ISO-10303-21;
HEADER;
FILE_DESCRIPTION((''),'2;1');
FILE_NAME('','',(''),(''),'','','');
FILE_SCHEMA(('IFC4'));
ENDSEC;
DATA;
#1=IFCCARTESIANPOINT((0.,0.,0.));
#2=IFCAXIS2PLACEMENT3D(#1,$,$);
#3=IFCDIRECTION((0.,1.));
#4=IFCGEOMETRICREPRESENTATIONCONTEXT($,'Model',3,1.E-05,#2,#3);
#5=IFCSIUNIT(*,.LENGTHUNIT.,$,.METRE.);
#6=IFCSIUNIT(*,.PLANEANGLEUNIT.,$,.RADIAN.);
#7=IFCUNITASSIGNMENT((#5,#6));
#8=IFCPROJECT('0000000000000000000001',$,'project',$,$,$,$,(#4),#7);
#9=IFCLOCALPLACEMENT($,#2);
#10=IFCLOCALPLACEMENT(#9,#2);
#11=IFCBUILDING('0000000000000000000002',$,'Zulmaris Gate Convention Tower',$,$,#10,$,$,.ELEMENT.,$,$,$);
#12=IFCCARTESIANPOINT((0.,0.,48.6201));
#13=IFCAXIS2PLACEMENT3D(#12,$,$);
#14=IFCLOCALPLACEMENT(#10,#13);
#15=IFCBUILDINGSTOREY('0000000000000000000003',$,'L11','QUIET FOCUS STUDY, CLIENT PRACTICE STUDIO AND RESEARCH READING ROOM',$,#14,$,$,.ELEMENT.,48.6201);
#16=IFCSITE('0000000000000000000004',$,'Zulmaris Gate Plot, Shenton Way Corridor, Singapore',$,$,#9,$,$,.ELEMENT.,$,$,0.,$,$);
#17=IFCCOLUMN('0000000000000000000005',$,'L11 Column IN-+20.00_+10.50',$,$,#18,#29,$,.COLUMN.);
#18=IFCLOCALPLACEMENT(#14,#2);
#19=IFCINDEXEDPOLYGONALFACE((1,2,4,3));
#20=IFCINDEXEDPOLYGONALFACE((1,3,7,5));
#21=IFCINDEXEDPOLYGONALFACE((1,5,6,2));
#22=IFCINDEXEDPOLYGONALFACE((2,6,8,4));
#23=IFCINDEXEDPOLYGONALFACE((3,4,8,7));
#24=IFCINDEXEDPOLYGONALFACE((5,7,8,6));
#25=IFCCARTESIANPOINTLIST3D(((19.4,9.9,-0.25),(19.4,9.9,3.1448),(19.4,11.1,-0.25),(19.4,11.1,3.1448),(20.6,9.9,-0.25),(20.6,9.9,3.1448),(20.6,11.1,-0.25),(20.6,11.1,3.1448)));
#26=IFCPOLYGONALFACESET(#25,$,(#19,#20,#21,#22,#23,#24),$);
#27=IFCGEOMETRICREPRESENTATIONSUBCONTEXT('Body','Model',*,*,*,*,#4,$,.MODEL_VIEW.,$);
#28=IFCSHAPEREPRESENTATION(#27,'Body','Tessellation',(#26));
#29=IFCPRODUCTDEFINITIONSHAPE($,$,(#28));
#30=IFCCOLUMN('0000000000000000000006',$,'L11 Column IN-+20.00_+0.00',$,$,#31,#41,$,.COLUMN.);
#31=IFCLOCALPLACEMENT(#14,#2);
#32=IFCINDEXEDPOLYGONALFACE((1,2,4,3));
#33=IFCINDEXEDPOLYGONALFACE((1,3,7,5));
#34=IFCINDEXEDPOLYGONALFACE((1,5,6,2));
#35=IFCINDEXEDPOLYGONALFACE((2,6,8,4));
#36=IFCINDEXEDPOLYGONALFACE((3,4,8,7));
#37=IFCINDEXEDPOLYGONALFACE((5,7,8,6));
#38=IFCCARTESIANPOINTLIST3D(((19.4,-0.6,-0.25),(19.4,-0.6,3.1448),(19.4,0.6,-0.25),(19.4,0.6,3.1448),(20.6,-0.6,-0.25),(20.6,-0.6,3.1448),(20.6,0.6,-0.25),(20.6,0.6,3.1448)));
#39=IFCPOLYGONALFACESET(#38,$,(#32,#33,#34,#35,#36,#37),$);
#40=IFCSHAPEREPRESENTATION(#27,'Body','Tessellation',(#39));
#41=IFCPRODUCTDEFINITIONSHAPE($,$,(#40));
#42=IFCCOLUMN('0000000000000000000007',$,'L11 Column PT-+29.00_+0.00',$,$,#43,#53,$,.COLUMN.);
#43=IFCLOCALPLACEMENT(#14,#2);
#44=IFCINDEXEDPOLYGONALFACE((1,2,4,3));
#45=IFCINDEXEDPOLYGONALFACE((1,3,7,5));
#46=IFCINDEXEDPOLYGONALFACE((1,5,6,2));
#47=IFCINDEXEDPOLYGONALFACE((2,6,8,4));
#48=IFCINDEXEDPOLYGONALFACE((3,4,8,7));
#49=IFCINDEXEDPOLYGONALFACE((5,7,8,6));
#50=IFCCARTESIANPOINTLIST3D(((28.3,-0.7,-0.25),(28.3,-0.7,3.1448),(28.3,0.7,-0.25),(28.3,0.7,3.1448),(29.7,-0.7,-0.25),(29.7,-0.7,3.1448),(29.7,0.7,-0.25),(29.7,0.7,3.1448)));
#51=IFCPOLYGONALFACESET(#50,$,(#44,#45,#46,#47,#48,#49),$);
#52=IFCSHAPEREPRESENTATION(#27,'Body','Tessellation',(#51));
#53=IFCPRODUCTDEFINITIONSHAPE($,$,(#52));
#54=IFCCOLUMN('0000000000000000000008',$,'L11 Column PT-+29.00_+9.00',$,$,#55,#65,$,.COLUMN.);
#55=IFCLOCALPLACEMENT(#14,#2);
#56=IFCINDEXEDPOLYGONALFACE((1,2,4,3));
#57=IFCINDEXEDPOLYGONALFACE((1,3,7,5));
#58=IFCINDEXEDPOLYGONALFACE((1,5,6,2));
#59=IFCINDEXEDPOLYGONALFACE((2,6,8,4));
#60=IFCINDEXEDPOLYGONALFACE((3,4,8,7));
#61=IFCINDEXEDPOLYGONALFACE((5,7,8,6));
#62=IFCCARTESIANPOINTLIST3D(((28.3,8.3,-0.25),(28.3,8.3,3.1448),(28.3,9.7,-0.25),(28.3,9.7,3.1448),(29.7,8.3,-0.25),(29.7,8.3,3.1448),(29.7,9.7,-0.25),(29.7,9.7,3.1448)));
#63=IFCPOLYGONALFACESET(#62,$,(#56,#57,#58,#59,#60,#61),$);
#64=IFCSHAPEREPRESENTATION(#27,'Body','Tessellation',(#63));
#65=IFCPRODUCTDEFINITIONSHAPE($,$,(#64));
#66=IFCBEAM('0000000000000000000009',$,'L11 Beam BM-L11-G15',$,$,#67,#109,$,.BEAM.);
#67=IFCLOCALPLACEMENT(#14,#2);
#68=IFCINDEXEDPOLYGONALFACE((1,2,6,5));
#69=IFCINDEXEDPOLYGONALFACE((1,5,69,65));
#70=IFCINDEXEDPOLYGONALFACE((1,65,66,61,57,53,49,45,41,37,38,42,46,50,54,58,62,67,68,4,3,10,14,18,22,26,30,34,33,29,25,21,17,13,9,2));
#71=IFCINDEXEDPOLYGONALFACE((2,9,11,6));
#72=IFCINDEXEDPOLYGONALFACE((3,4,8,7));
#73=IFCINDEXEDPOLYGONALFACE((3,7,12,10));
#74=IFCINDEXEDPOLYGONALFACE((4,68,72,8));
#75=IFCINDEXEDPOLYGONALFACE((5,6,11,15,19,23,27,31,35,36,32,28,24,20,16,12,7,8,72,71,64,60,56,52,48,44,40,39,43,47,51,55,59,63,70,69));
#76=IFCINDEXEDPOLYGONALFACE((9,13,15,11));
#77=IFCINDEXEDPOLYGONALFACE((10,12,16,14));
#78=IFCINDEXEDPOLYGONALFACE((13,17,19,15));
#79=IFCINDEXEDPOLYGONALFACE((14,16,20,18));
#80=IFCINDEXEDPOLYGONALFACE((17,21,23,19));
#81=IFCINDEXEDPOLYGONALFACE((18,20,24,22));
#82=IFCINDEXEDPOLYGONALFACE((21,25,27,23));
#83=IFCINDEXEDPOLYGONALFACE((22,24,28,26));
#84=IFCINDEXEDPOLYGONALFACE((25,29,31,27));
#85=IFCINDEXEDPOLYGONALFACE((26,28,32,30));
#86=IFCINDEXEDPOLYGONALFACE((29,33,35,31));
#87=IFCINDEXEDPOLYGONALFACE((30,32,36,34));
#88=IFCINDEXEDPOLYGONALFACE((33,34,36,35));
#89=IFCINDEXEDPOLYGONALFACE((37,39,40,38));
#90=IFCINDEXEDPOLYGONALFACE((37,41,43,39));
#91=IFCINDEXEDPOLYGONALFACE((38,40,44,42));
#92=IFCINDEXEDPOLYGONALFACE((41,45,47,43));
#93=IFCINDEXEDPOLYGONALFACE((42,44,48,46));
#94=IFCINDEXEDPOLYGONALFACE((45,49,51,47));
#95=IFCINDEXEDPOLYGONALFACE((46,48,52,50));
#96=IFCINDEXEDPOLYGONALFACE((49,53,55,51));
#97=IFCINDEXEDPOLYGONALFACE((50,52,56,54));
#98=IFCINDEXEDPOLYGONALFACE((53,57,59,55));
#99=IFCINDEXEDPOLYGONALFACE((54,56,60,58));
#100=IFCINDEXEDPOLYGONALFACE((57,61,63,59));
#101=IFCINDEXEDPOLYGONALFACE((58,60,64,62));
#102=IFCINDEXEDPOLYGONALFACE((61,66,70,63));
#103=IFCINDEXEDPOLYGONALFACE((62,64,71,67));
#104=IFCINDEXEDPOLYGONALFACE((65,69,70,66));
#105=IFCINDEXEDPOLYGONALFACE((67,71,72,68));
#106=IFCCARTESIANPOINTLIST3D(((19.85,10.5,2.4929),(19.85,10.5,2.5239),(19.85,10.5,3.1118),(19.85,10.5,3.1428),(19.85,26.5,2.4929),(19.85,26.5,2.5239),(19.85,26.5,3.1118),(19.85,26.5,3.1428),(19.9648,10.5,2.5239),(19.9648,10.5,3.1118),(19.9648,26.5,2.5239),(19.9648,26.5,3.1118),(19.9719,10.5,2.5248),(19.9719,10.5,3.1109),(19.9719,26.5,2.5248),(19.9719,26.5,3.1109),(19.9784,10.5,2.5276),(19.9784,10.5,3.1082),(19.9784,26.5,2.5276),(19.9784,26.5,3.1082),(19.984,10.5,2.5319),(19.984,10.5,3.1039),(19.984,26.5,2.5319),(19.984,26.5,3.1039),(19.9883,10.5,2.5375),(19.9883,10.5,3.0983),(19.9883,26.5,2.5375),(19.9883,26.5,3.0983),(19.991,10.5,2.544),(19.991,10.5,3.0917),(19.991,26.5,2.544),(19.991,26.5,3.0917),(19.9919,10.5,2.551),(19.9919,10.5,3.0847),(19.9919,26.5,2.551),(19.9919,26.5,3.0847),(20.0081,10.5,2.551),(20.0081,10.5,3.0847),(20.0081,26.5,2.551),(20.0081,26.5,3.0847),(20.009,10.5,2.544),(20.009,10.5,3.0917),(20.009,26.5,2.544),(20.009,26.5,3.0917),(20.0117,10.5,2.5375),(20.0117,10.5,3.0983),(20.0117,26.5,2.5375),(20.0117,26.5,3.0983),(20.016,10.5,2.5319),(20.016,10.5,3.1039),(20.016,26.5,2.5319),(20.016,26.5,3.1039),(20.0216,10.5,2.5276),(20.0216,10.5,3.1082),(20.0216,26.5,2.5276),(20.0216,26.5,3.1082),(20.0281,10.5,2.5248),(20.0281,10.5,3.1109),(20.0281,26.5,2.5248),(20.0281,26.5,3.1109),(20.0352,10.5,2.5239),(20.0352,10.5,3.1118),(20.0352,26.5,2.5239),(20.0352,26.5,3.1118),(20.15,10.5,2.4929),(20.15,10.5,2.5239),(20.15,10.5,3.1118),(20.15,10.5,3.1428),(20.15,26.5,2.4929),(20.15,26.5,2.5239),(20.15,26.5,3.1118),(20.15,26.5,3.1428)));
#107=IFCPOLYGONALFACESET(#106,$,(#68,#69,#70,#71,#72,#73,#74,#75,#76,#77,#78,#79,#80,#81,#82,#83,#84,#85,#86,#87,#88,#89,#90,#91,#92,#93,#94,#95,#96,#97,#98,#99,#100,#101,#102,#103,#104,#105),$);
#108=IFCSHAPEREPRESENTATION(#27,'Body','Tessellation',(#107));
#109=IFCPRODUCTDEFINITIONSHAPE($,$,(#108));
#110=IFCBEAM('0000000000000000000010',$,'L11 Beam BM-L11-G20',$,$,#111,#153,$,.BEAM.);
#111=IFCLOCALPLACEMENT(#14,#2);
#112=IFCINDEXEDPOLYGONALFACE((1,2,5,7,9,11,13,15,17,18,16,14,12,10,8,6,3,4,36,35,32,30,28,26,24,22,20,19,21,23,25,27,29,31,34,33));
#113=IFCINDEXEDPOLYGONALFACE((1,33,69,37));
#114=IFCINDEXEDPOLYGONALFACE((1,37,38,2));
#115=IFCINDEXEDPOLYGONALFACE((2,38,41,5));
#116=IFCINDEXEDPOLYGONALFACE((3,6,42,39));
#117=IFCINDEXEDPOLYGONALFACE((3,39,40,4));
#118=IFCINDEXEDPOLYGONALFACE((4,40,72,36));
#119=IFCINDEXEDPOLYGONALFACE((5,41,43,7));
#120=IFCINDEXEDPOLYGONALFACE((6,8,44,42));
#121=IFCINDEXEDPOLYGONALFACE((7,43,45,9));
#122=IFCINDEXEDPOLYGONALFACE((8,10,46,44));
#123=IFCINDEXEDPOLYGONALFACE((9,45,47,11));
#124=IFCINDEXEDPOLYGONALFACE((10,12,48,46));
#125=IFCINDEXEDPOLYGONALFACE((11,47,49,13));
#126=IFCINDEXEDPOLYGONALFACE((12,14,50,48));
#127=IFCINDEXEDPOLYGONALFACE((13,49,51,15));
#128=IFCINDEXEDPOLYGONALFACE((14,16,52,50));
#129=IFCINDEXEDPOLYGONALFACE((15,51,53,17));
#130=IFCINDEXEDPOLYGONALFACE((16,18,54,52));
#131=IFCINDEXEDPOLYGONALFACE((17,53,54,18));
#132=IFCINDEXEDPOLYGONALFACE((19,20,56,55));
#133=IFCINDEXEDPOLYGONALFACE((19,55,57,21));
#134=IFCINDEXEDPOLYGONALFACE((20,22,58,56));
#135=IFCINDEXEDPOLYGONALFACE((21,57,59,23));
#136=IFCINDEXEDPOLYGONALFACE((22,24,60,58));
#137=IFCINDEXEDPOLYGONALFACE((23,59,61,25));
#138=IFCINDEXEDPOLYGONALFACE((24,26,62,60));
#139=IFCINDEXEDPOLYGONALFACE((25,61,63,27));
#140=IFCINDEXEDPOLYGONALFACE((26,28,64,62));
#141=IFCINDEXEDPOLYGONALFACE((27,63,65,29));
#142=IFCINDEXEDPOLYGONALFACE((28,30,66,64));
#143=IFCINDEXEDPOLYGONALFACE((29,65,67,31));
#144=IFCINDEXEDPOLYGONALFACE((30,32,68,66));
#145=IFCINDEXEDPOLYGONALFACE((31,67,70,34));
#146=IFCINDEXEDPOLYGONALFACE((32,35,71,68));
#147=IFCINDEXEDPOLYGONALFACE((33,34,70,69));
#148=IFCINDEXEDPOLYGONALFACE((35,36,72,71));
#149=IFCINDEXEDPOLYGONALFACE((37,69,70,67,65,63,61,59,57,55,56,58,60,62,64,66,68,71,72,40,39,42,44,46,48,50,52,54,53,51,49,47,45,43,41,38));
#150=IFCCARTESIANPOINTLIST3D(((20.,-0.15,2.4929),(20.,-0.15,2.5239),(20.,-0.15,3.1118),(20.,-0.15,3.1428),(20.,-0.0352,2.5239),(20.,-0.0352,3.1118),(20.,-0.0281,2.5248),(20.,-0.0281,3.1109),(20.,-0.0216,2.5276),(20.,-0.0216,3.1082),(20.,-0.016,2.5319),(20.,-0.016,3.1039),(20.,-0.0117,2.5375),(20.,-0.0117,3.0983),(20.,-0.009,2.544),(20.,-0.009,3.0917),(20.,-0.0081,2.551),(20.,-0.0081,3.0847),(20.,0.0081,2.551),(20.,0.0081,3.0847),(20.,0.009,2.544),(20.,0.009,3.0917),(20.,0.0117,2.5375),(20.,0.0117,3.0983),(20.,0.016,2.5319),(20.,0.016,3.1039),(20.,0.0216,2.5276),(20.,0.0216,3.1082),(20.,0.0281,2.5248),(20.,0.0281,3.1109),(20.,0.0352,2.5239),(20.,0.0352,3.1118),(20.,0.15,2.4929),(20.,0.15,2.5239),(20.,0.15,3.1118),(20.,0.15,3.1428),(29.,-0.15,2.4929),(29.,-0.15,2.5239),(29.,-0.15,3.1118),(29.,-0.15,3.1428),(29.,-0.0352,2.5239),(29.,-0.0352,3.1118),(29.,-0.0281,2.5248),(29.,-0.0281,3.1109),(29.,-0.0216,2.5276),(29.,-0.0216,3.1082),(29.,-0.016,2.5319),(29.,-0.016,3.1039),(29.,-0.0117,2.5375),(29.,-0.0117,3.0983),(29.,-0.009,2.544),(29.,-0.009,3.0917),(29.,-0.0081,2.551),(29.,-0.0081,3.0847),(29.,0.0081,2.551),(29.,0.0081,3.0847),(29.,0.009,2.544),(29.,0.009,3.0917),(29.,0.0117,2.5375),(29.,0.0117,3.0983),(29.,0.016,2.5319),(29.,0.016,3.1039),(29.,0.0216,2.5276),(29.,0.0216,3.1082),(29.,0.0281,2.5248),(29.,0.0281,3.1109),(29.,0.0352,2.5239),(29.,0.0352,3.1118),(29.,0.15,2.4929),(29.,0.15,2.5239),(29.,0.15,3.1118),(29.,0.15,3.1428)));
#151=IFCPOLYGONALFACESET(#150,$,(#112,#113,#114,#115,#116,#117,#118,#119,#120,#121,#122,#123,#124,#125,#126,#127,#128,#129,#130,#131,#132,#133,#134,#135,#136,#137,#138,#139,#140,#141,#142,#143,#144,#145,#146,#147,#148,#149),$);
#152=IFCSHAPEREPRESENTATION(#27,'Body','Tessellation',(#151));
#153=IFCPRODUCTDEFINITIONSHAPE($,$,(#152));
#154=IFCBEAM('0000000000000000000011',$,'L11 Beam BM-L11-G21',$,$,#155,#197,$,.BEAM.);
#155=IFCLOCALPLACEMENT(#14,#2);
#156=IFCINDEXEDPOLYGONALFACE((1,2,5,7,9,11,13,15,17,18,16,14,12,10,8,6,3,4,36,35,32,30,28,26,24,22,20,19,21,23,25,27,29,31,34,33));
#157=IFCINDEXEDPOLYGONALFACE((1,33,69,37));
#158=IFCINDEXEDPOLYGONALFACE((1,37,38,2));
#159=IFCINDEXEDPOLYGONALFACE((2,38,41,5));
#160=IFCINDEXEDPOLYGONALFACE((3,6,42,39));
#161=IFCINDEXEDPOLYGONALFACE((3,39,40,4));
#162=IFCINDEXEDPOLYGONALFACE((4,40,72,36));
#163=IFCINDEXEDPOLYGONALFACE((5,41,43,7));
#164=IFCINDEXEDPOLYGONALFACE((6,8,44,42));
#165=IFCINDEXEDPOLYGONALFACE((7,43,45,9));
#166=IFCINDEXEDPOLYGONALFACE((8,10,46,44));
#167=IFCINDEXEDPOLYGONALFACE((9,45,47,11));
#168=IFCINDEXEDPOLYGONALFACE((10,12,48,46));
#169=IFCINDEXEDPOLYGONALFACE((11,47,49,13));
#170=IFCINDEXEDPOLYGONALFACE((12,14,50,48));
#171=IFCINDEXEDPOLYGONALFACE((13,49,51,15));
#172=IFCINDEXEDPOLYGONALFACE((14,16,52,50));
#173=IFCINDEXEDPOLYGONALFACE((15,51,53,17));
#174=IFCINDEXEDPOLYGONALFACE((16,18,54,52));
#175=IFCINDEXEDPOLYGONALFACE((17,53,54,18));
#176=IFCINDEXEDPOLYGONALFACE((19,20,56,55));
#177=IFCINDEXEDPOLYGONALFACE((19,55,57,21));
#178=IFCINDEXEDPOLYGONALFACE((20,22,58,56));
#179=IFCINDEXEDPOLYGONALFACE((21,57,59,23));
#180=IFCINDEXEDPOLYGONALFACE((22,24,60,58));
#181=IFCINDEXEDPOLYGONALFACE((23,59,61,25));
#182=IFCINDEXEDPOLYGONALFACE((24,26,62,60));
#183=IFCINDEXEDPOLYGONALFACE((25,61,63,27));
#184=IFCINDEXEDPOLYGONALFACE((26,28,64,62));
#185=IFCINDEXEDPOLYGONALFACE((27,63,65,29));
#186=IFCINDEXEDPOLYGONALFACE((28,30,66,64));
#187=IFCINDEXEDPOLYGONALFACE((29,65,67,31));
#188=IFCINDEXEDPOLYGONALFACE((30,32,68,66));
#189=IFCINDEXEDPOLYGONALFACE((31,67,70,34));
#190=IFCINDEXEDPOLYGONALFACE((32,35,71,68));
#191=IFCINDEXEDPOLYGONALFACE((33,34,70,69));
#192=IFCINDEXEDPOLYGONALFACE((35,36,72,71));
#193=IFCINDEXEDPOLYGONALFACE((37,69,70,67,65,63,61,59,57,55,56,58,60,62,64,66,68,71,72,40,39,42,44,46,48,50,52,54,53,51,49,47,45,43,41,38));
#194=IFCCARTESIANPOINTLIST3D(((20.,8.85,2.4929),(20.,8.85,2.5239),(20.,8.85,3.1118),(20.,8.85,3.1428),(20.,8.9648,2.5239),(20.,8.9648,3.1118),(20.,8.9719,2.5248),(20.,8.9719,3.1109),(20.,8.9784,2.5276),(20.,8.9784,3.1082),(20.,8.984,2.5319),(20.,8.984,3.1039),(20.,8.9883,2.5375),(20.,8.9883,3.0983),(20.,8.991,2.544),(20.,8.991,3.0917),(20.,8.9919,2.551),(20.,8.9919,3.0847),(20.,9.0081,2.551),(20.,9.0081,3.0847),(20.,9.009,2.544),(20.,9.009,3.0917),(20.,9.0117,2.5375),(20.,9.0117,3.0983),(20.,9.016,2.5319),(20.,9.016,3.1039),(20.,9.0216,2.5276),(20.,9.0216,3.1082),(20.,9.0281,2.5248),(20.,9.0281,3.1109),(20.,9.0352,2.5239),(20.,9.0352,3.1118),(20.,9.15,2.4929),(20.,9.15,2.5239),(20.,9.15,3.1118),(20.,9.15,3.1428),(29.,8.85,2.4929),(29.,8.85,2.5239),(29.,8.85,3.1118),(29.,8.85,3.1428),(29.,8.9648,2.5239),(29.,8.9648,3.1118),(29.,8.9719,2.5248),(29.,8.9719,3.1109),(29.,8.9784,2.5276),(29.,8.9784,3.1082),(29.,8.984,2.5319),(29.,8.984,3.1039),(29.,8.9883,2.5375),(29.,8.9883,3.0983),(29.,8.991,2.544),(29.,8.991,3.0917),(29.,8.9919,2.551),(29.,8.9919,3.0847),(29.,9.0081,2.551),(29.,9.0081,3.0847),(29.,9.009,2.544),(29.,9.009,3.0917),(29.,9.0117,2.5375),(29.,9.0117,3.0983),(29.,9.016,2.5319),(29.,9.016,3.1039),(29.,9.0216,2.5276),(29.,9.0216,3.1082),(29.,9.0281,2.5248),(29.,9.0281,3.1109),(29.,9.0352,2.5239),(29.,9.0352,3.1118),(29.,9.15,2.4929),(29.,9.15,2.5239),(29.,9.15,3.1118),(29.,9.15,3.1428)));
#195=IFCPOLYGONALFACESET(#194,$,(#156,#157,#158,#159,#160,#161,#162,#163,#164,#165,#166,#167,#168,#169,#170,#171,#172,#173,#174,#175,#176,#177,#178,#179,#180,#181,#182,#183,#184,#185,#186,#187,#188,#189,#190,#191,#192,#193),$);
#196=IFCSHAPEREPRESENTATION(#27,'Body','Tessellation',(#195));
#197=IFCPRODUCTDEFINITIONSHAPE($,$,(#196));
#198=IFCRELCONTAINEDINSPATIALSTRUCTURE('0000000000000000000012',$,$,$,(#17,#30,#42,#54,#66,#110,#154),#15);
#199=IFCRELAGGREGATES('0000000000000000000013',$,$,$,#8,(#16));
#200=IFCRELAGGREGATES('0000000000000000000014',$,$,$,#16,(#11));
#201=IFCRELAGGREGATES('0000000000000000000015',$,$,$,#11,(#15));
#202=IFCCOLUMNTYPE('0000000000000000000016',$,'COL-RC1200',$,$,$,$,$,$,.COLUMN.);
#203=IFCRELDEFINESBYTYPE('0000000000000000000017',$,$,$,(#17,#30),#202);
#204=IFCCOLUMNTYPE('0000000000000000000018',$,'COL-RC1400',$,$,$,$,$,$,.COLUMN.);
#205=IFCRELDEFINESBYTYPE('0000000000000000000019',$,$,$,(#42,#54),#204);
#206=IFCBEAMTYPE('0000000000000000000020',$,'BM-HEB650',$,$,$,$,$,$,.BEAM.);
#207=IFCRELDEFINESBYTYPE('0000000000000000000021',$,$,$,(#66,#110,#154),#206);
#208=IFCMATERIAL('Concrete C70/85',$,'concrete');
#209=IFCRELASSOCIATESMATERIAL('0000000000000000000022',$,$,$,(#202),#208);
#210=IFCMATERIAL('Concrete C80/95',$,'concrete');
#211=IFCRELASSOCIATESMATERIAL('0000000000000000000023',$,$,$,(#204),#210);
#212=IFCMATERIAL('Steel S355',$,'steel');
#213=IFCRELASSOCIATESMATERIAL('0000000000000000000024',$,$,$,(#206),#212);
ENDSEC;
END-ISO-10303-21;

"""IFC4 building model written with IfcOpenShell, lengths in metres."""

from ifc_helpers import new_model, si_unit, direction, frame, origin, origin_2d, place, context, subcontext, project, spatial, rectangle, i_section, extrude, material, material_profile, profile_set, type_object, element, save


model = new_model("IFC4")

# Units and contexts
model_context = context("Model", 3, precision=1e-05, world=origin(), true_north=direction((0.0, 1.0)))
body_context = subcontext(model_context, "Body", "Model", "MODEL_VIEW")
ifc_project = project(units=[si_unit("LENGTHUNIT", "METRE"), si_unit("PLANEANGLEUNIT", "RADIAN")], contexts=[model_context])

# Site, building, storey
site_placement = place(None, origin())
site = spatial("IfcSite", under=ifc_project, at=site_placement, Name="Zulmaris Gate Plot, Shenton Way Corridor, Singapore", CompositionType="ELEMENT", RefElevation=0.0)
building_placement = place(site_placement, origin())
building = spatial("IfcBuilding", under=site, at=building_placement, Name="Zulmaris Gate Convention Tower", CompositionType="ELEMENT")
storey_placement = place(building_placement, frame((0.0, 0.0, 48.6201)))
storey = spatial("IfcBuildingStorey", under=building, at=storey_placement, Name="L11", Description="QUIET FOCUS STUDY, CLIENT PRACTICE STUDIO AND RESEARCH READING ROOM", CompositionType="ELEMENT", Elevation=48.6201)

# Columns
ifc_material_1 = material(Name="Concrete C70/85", Category="concrete")
ifc_material_profile_1 = material_profile(ifc_material_1, rectangle(XDim=1.2, YDim=1.2, at=origin_2d()), Name="RC COL 1200x1200")
ifc_profile_set_1 = profile_set([ifc_material_profile_1], Name="Concrete C70/85")
column_type_1 = type_object("IfcColumnType", Name="COL-RC1200", PredefinedType="COLUMN", material=ifc_profile_set_1)
for number, where, z_axis, x_axis, name in (
    (1, (20.0, 10.5, -0.25), (0.0, 0.0, 1.0), (1.0, 0.0, 0.0), "L11 Column IN-+20.00_+10.50"),
    (2, (20.0, 0.0, -0.25), (0.0, 0.0, 1.0), (1.0, 0.0, 0.0), "L11 Column IN-+20.00_+0.00"),
):
    element("IfcColumn", number, at=place(storey_placement, frame(where, z_axis=z_axis, x_axis=x_axis)), inside=storey, type_object=column_type_1, Name=name, PredefinedType="COLUMN", context=body_context, shape_type="SweptSolid", body=[
        extrude(rectangle(XDim=1.2, YDim=1.2, at=origin_2d()), origin(), (0.0, 0.0, 1.0), 3.3948),
    ])
ifc_material_2 = material(Name="Concrete C80/95", Category="concrete")
ifc_material_profile_2 = material_profile(ifc_material_2, rectangle(XDim=1.3999, YDim=1.3999, at=origin_2d()), Name="RC COL 1400x1400")
ifc_profile_set_2 = profile_set([ifc_material_profile_2], Name="Concrete C80/95")
column_type_2 = type_object("IfcColumnType", Name="COL-RC1400", PredefinedType="COLUMN", material=ifc_profile_set_2)
for number, where, z_axis, x_axis, name in (
    (3, (29.0, 0.0, -0.25), (0.0, 0.0, 1.0), (1.0, 0.0, 0.0), "L11 Column PT-+29.00_+0.00"),
    (4, (29.0, 9.0, -0.25), (0.0, 0.0, 1.0), (1.0, 0.0, 0.0), "L11 Column PT-+29.00_+9.00"),
):
    element("IfcColumn", number, at=place(storey_placement, frame(where, z_axis=z_axis, x_axis=x_axis)), inside=storey, type_object=column_type_2, Name=name, PredefinedType="COLUMN", context=body_context, shape_type="SweptSolid", body=[
        extrude(rectangle(XDim=1.3999, YDim=1.3999, at=origin_2d()), origin(), (0.0, 0.0, 1.0), 3.3948),
    ])

# Beams
ifc_material_3 = material(Name="Steel S355", Category="steel")
ifc_material_profile_3 = material_profile(ifc_material_3, i_section(OverallWidth=0.3, OverallDepth=0.6499, WebThickness=0.0161, FlangeThickness=0.031, FilletRadius=0.0271, at=origin_2d()), Name="HEB 650")
ifc_profile_set_3 = profile_set([ifc_material_profile_3], Name="Steel S355")
beam_type_1 = type_object("IfcBeamType", Name="BM-HEB650", PredefinedType="BEAM", material=ifc_profile_set_3)
beam_1_placement = place(storey_placement, frame((20.0, 10.5, 2.8179), z_axis=(0.0, 1.0, 0.0), x_axis=(-1.0, 0.0, 0.0)))
element("IfcBeam", 5, at=beam_1_placement, inside=storey, type_object=beam_type_1, Name="L11 Beam BM-L11-G15", PredefinedType="BEAM", context=body_context, shape_type="SweptSolid", body=[
    extrude(i_section(OverallWidth=0.3, OverallDepth=0.6499, WebThickness=0.0161, FlangeThickness=0.031, FilletRadius=0.0271, at=origin_2d()), origin(), (0.0, 0.0, 1.0), 16.0),
])
for number, where, z_axis, x_axis, name in (
    (6, (20.0, 0.0, 2.8179), (1.0, 0.0, 0.0), (0.0, 1.0, 0.0), "L11 Beam BM-L11-G20"),
    (7, (20.0, 9.0, 2.8179), (1.0, 0.0, 0.0), (0.0, 1.0, 0.0), "L11 Beam BM-L11-G21"),
):
    element("IfcBeam", number, at=place(storey_placement, frame(where, z_axis=z_axis, x_axis=x_axis)), inside=storey, type_object=beam_type_1, Name=name, PredefinedType="BEAM", context=body_context, shape_type="SweptSolid", body=[
        extrude(i_section(OverallWidth=0.3, OverallDepth=0.6499, WebThickness=0.0161, FlangeThickness=0.031, FilletRadius=0.0271, at=origin_2d()), origin(), (0.0, 0.0, 1.0), 9.0),
    ])

save(model, "model.ifc")
